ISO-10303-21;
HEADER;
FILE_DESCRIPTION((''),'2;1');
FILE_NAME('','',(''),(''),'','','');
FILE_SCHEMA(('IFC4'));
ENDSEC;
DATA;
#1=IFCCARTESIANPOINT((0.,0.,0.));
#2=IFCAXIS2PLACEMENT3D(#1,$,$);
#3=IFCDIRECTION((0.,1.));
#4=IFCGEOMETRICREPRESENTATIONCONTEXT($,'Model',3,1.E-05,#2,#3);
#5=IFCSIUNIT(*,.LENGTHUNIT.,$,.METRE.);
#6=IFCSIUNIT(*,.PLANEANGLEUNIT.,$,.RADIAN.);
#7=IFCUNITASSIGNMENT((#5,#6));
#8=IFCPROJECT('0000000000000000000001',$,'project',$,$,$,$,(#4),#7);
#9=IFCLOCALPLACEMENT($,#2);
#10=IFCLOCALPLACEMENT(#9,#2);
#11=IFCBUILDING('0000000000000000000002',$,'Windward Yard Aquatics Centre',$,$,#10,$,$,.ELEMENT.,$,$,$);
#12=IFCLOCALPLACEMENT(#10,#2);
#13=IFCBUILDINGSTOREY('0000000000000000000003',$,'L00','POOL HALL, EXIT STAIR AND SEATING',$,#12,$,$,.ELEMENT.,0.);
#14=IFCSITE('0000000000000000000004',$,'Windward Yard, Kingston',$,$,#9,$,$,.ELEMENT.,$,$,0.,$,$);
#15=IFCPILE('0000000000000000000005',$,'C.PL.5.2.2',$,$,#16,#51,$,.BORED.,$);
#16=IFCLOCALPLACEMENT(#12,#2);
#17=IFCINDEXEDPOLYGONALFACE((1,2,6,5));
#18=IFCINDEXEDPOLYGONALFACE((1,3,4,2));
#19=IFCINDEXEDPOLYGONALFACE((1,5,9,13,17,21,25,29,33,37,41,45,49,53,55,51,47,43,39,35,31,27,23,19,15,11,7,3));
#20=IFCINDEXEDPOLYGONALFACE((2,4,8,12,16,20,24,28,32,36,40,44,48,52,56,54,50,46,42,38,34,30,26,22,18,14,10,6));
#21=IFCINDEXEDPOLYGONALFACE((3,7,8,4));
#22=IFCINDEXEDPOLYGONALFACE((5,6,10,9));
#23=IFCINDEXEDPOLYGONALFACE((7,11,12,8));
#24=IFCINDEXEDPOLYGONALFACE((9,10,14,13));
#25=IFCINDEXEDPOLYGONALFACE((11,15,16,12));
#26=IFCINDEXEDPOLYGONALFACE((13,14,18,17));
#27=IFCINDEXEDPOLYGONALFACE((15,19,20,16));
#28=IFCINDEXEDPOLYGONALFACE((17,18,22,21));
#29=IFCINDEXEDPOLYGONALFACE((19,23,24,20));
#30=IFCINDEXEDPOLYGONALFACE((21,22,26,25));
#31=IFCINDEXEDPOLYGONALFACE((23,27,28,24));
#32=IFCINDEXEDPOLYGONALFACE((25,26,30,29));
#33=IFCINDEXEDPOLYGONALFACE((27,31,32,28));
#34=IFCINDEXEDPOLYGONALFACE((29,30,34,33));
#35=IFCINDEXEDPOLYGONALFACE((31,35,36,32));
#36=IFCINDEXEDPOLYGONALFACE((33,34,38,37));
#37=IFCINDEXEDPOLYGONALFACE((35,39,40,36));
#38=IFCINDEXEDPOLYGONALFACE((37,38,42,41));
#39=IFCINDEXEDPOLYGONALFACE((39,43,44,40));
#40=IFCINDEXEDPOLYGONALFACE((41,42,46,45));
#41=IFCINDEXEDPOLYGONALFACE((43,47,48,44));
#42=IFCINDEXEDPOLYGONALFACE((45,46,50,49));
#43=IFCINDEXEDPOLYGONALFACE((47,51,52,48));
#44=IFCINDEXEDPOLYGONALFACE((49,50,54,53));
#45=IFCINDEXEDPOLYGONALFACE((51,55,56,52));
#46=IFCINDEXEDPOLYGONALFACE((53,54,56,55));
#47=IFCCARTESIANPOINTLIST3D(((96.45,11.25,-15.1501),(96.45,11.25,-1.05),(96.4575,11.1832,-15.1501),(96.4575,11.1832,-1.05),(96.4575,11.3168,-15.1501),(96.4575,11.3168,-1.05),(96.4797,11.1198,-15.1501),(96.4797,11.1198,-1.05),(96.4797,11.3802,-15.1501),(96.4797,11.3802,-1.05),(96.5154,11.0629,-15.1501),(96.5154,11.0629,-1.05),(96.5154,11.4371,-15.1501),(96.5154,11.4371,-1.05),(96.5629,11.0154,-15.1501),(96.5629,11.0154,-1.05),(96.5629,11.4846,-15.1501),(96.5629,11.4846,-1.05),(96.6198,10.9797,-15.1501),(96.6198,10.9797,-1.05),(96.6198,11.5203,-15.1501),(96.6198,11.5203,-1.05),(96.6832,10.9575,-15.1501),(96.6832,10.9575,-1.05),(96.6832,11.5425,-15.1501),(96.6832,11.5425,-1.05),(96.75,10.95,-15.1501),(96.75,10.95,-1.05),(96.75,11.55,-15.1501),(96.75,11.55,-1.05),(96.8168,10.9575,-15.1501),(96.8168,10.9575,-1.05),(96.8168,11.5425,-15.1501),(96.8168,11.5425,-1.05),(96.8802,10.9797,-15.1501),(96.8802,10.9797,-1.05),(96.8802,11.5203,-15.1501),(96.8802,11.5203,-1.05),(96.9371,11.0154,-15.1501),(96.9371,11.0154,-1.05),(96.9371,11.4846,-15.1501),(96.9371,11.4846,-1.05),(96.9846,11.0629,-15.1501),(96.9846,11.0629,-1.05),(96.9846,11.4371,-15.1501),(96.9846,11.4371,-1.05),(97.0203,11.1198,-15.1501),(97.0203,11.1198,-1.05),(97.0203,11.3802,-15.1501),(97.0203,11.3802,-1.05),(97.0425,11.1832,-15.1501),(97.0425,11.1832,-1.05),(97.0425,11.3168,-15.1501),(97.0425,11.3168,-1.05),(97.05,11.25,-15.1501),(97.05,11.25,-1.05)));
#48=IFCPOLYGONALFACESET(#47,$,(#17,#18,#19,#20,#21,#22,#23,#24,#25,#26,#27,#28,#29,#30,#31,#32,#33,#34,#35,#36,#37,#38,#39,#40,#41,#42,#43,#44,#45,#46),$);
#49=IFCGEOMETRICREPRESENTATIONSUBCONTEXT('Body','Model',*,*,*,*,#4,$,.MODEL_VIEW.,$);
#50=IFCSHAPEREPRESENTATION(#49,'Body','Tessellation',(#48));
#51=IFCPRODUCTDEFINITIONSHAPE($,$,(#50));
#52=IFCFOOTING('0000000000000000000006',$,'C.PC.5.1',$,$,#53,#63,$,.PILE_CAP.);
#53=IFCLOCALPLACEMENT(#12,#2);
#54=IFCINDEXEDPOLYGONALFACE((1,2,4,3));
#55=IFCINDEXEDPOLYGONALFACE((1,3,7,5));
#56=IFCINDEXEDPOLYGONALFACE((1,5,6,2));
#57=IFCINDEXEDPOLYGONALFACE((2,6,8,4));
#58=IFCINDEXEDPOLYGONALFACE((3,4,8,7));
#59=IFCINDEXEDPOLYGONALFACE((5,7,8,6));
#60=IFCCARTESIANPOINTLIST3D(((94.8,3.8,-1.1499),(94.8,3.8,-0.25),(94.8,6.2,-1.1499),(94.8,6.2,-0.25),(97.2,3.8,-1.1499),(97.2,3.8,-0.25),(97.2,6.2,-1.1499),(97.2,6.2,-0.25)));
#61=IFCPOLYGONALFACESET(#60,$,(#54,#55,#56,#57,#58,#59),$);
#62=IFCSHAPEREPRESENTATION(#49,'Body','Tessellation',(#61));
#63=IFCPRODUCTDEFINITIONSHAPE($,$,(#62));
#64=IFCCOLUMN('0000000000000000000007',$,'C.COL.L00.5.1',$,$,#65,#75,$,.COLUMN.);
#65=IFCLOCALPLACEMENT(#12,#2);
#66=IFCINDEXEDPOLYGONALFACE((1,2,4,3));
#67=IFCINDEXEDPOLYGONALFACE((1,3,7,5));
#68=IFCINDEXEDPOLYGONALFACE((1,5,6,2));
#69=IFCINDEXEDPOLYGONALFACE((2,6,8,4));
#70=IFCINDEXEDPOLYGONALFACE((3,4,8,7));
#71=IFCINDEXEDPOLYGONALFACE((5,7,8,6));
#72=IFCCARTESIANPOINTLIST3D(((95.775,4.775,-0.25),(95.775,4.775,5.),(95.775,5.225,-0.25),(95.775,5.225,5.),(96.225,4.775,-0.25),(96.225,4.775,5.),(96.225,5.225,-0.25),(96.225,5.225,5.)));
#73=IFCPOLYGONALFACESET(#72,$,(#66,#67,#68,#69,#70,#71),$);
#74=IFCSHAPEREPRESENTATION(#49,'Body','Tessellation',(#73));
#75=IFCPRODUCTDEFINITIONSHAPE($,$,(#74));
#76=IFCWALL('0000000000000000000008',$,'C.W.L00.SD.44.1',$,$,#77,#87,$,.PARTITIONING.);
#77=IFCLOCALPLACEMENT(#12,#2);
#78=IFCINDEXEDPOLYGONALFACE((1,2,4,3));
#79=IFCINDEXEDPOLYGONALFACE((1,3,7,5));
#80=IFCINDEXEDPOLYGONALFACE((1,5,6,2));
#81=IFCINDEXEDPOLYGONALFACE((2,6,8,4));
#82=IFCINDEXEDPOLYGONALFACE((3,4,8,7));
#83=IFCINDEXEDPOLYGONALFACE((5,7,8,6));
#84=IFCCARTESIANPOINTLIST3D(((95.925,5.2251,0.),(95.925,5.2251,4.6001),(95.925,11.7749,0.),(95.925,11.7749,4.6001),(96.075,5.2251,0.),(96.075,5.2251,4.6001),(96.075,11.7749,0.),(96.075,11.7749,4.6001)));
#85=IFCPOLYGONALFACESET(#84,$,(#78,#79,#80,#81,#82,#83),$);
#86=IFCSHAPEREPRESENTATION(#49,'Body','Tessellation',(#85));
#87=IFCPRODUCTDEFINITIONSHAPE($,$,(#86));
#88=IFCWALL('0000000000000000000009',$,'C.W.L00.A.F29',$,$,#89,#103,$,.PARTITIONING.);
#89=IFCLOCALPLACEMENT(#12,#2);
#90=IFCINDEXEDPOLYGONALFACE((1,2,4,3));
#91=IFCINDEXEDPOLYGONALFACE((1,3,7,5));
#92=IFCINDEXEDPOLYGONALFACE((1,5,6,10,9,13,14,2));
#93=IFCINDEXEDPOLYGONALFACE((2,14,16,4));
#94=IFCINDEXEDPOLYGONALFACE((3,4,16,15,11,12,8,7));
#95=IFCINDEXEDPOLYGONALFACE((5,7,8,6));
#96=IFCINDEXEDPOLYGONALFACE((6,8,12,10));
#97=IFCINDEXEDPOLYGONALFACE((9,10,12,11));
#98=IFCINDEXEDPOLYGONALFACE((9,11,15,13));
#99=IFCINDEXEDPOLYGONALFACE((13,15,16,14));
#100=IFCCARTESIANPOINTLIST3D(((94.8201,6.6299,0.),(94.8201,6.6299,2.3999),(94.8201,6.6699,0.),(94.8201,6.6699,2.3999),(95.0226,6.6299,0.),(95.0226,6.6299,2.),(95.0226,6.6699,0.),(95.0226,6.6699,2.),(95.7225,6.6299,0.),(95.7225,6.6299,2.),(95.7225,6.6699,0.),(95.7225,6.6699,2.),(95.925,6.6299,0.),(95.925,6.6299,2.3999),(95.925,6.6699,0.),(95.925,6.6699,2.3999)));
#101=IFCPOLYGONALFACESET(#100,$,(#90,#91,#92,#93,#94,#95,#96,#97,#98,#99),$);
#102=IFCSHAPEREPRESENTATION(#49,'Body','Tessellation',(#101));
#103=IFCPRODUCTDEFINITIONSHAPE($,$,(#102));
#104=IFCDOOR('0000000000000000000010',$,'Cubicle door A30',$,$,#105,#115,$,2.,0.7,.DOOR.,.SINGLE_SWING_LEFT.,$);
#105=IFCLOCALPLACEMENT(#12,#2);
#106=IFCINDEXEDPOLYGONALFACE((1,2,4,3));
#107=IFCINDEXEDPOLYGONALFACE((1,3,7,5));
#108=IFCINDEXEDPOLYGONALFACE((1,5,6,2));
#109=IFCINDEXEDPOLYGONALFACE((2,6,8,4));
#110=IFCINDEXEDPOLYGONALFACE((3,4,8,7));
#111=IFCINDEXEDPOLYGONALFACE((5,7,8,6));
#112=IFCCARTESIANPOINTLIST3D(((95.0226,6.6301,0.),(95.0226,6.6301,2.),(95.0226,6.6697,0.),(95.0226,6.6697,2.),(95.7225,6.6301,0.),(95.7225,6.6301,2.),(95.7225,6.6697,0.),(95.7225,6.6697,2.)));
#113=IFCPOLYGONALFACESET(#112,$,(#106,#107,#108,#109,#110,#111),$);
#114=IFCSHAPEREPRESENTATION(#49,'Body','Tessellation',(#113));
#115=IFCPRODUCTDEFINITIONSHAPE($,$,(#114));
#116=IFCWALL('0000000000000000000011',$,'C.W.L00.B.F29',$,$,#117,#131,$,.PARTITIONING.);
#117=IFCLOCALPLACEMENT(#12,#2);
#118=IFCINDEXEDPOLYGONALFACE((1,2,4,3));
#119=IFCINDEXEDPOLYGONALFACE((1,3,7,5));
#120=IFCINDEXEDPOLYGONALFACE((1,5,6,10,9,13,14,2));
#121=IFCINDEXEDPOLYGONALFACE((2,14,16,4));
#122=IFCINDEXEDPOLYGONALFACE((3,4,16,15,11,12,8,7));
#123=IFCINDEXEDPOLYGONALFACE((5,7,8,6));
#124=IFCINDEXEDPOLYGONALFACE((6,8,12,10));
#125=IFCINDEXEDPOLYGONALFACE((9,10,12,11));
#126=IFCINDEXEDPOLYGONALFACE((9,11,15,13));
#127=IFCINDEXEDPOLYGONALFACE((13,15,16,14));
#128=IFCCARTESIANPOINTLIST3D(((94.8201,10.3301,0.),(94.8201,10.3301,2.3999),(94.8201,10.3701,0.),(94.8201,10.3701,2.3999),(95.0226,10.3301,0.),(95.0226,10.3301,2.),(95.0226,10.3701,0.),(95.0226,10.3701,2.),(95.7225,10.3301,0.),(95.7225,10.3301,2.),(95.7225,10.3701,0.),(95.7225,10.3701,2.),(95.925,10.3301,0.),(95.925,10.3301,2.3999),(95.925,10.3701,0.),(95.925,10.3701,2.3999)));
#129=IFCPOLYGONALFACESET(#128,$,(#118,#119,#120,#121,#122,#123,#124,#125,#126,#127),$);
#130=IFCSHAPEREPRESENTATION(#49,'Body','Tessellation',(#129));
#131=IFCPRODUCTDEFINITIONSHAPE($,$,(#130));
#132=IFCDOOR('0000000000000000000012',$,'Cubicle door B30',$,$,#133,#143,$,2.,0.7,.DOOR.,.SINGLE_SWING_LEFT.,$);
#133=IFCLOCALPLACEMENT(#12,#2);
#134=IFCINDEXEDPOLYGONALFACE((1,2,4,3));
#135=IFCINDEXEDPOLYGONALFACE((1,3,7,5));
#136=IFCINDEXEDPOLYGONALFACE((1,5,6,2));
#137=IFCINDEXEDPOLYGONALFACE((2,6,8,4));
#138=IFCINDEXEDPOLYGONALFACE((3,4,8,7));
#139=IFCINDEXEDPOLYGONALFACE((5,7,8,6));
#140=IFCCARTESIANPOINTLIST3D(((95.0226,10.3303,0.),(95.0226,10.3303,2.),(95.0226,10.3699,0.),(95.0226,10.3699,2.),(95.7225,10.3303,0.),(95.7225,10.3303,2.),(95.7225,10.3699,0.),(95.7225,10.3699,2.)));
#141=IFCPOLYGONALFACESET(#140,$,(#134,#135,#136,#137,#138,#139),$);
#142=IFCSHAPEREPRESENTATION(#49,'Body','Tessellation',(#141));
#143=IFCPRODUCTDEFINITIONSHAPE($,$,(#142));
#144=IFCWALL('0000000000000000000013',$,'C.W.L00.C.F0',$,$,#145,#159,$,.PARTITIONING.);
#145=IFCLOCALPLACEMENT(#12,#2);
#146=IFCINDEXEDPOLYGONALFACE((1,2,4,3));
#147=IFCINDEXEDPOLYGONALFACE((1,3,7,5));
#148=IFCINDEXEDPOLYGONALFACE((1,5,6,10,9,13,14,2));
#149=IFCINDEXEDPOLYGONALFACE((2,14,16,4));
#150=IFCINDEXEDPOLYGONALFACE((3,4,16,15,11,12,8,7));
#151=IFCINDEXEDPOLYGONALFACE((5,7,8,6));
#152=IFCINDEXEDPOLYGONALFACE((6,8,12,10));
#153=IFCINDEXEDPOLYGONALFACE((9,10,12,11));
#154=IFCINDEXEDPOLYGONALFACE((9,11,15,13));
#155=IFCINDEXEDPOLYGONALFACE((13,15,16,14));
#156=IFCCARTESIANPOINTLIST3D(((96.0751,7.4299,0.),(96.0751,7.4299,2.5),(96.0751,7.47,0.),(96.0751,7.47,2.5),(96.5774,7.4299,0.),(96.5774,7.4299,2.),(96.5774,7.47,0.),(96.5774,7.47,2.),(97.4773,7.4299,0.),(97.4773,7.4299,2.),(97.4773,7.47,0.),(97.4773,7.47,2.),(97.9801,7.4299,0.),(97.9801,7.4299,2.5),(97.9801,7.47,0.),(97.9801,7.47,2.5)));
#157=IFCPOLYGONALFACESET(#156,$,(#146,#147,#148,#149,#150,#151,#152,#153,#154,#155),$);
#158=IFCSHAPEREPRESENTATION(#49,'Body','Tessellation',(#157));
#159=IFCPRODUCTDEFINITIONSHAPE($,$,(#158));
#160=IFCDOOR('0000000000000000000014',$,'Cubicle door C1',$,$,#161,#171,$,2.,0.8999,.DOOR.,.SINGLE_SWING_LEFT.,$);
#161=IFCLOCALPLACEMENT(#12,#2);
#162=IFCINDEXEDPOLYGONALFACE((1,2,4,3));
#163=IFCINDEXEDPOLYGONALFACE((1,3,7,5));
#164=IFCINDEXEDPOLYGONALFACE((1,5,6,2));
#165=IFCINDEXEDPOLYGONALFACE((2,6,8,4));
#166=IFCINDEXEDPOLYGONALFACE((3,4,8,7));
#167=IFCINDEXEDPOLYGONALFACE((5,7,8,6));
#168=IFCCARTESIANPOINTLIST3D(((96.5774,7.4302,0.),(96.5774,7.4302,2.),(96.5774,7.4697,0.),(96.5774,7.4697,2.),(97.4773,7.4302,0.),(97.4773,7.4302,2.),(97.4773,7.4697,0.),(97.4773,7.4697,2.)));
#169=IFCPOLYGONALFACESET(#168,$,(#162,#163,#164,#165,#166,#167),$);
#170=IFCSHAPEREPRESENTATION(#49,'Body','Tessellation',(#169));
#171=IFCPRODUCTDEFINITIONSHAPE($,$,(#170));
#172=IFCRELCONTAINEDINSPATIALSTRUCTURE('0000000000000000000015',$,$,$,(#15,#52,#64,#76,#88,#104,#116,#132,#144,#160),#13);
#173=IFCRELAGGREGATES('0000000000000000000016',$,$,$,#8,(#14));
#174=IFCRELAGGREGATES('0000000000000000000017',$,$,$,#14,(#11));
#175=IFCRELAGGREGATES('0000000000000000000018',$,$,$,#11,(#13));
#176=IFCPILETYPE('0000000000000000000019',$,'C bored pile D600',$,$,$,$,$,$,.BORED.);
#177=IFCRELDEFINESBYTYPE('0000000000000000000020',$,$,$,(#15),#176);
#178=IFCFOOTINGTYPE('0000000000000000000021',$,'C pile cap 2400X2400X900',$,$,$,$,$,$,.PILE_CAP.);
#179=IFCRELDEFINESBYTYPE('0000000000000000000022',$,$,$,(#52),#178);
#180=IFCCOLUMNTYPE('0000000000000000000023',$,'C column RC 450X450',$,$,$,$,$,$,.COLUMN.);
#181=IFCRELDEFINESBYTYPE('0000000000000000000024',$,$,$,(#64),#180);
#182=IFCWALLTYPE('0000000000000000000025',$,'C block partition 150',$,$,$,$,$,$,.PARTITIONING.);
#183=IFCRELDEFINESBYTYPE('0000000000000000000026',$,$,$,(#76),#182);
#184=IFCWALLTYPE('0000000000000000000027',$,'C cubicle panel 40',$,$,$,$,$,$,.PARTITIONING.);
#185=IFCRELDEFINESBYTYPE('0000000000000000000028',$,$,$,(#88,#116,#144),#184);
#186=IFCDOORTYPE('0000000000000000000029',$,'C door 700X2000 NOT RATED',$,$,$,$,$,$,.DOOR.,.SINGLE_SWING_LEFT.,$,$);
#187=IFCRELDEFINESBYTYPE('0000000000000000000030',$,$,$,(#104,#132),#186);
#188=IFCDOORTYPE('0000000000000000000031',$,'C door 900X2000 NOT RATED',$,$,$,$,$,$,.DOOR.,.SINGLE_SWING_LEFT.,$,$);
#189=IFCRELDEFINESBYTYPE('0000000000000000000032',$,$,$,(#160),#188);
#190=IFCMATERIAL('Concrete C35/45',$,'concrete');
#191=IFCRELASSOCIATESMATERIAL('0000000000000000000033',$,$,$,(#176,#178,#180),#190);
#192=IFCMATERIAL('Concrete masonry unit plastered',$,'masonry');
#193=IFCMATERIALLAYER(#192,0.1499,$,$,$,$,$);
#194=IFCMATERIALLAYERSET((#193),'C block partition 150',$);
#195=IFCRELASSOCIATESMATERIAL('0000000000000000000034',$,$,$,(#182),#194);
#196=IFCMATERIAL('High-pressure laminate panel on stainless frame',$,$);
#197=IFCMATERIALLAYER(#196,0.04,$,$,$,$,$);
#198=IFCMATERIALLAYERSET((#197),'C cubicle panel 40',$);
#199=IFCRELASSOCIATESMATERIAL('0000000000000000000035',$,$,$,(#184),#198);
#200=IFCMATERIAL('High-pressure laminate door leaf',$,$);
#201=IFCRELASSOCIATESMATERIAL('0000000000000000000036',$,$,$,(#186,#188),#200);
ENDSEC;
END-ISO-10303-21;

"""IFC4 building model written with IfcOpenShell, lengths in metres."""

from ifc_helpers import new_model, si_unit, direction, frame, frame_2d, origin, origin_2d, place, context, subcontext, project, spatial, rectangle, circle, extrude, material, layer, layer_set, material_profile, profile_set, type_object, element, fill, save


model = new_model("IFC4")

# Units and contexts
model_context = context("Model", 3, precision=1e-05, world=origin(), true_north=direction((0.0, 1.0)))
body_context = subcontext(model_context, "Body", "Model", "MODEL_VIEW")
ifc_project = project(units=[si_unit("LENGTHUNIT", "METRE"), si_unit("PLANEANGLEUNIT", "RADIAN")], contexts=[model_context])

# Site, building, storey
site_placement = place(None, origin())
site = spatial("IfcSite", under=ifc_project, at=site_placement, Name="Windward Yard, Kingston", CompositionType="ELEMENT", RefElevation=0.0)
building_placement = place(site_placement, origin())
building = spatial("IfcBuilding", under=site, at=building_placement, Name="Windward Yard Aquatics Centre", CompositionType="ELEMENT")
storey_placement = place(building_placement, origin())
storey = spatial("IfcBuildingStorey", under=building, at=storey_placement, Name="L00", Description="POOL HALL, EXIT STAIR AND SEATING", CompositionType="ELEMENT", Elevation=0.0)

# Pile
ifc_material_1 = material(Name="Concrete C35/45", Category="concrete")
ifc_material_profile_1 = material_profile(ifc_material_1, circle(Radius=0.3, at=origin_2d()), Name="RC D600")
ifc_profile_set_1 = profile_set([ifc_material_profile_1], Name="Concrete C35/45")
pile_type = type_object("IfcPileType", Name="C bored pile D600", PredefinedType="BORED", material=ifc_profile_set_1)
for number, where, z_axis, x_axis, name in (
    (1, (96.75, 11.25, -1.05), (0.0, 0.0, -1.0), (1.0, 0.0, 0.0), "C.PL.5.2.2"),
):
    element("IfcPile", number, at=place(storey_placement, frame(where, z_axis=z_axis, x_axis=x_axis)), inside=storey, type_object=pile_type, Name=name, PredefinedType="BORED", context=body_context, shape_type="SweptSolid", body=[
        extrude(circle(Radius=0.3, at=origin_2d()), origin(), (0.0, 0.0, 1.0), 14.1001),
    ])

# Footing
footing_type = type_object("IfcFootingType", Name="C pile cap 2400X2400X900", PredefinedType="PILE_CAP", material=ifc_material_1)
footing_placement = place(storey_placement, frame((96.0, 5.0, -1.1499), z_axis=(0.0, 0.0, 1.0), x_axis=(1.0, 0.0, 0.0)))
element("IfcFooting", 2, at=footing_placement, inside=storey, type_object=footing_type, Name="C.PC.5.1", PredefinedType="PILE_CAP", context=body_context, shape_type="SweptSolid", body=[
    extrude(rectangle(XDim=2.3999, YDim=2.3999, at=origin_2d()), origin(), (0.0, 0.0, 1.0), 0.8999),
])

# Column
ifc_material_profile_2 = material_profile(ifc_material_1, rectangle(XDim=0.45, YDim=0.45, at=origin_2d()), Name="RC 450X450")
ifc_profile_set_2 = profile_set([ifc_material_profile_2], Name="Concrete C35/45")
column_type = type_object("IfcColumnType", Name="C column RC 450X450", PredefinedType="COLUMN", material=ifc_profile_set_2)
column_placement = place(storey_placement, frame((96.0, 5.0, -0.25), z_axis=(0.0, 0.0, 1.0), x_axis=(1.0, 0.0, 0.0)))
element("IfcColumn", 3, at=column_placement, inside=storey, type_object=column_type, Name="C.COL.L00.5.1", PredefinedType="COLUMN", context=body_context, shape_type="SweptSolid", body=[
    extrude(rectangle(XDim=0.45, YDim=0.45, at=origin_2d()), origin(), (0.0, 0.0, 1.0), 5.25),
])

# Wall
ifc_material_2 = material(Name="Concrete masonry unit plastered", Category="masonry")
ifc_layer_1 = layer(ifc_material_2, 0.1499)
ifc_layer_set_1 = layer_set([ifc_layer_1], Name="C block partition 150")
wall_type_1 = type_object("IfcWallType", Name="C block partition 150", PredefinedType="PARTITIONING", material=ifc_layer_set_1)
wall_1_placement = place(storey_placement, frame((96.0, 5.2251, 0.0), z_axis=(0.0, 0.0, 1.0), x_axis=(0.0, 1.0, 0.0)))
element("IfcWall", 4, at=wall_1_placement, inside=storey, type_object=wall_type_1, Name="C.W.L00.SD.44.1", PredefinedType="PARTITIONING", context=body_context, shape_type="SweptSolid", body=[
    extrude(rectangle(XDim=6.5498, YDim=0.1499, at=frame_2d((3.2749, 0.0))), origin(), (0.0, 0.0, 1.0), 4.6001),
])

# Walls, openings, doors
ifc_material_3 = material(Name="High-pressure laminate panel on stainless frame")
ifc_layer_2 = layer(ifc_material_3, 0.04)
ifc_layer_set_2 = layer_set([ifc_layer_2], Name="C cubicle panel 40")
wall_type_2 = type_object("IfcWallType", Name="C cubicle panel 40", PredefinedType="PARTITIONING", material=ifc_layer_set_2)
wall_2_placement = place(storey_placement, frame((94.8201, 6.6499, 0.0), z_axis=(0.0, 0.0, 1.0), x_axis=(1.0, 0.0, 0.0)))
wall_2 = element("IfcWall", 5, at=wall_2_placement, inside=storey, type_object=wall_type_2, Name="C.W.L00.A.F29", PredefinedType="PARTITIONING", context=body_context, shape_type="SweptSolid", body=[
    extrude(rectangle(XDim=1.105, YDim=0.04, at=frame_2d((0.5525, 0.0))), origin(), (0.0, 0.0, 1.0), 2.3999),
])
opening_1_placement = place(wall_2_placement, frame((0.2024, 0.0, 0.0)))
opening_1 = element("IfcOpeningElement", 6, at=opening_1_placement, cuts=wall_2, PredefinedType="OPENING", context=body_context, shape_type="SweptSolid", body=[
    extrude(rectangle(XDim=0.7, YDim=2.0, at=frame_2d((0.3501, 1.0))), frame((0.0, 0.03, 0.0), z_axis=(0.0, -1.0, 0.0), x_axis=(1.0, 0.0, 0.0)), (0.0, 0.0, 1.0), 0.0601),
])
ifc_material_4 = material(Name="High-pressure laminate door leaf")
door_type_1 = type_object("IfcDoorType", Name="C door 700X2000 NOT RATED", OperationType="SINGLE_SWING_LEFT", PredefinedType="DOOR", material=ifc_material_4)
door_1_placement = place(opening_1_placement, origin())
door_1 = element("IfcDoor", 7, at=door_1_placement, inside=storey, type_object=door_type_1, Name="Cubicle door A30", OperationType="SINGLE_SWING_LEFT", OverallHeight=2.0, OverallWidth=0.7, PredefinedType="DOOR", context=body_context, shape_type="SweptSolid", body=[
    extrude(rectangle(XDim=0.7, YDim=2.0, at=frame_2d((0.3501, 1.0))), frame((0.0, 0.0198, 0.0), z_axis=(0.0, -1.0, 0.0), x_axis=(1.0, 0.0, 0.0)), (0.0, 0.0, 1.0), 0.0396),
])
fill(opening_1, door_1)
wall_3_placement = place(storey_placement, frame((94.8201, 10.3501, 0.0), z_axis=(0.0, 0.0, 1.0), x_axis=(1.0, 0.0, 0.0)))
wall_3 = element("IfcWall", 8, at=wall_3_placement, inside=storey, type_object=wall_type_2, Name="C.W.L00.B.F29", PredefinedType="PARTITIONING", context=body_context, shape_type="SweptSolid", body=[
    extrude(rectangle(XDim=1.105, YDim=0.04, at=frame_2d((0.5525, 0.0))), origin(), (0.0, 0.0, 1.0), 2.3999),
])
opening_2_placement = place(wall_3_placement, frame((0.2024, 0.0, 0.0)))
opening_2 = element("IfcOpeningElement", 9, at=opening_2_placement, cuts=wall_3, PredefinedType="OPENING", context=body_context, shape_type="SweptSolid", body=[
    extrude(rectangle(XDim=0.7, YDim=2.0, at=frame_2d((0.3501, 1.0))), frame((0.0, 0.03, 0.0), z_axis=(0.0, -1.0, 0.0), x_axis=(1.0, 0.0, 0.0)), (0.0, 0.0, 1.0), 0.0601),
])
door_2_placement = place(opening_2_placement, origin())
door_2 = element("IfcDoor", 10, at=door_2_placement, inside=storey, type_object=door_type_1, Name="Cubicle door B30", OperationType="SINGLE_SWING_LEFT", OverallHeight=2.0, OverallWidth=0.7, PredefinedType="DOOR", context=body_context, shape_type="SweptSolid", body=[
    extrude(rectangle(XDim=0.7, YDim=2.0, at=frame_2d((0.3501, 1.0))), frame((0.0, 0.0198, 0.0), z_axis=(0.0, -1.0, 0.0), x_axis=(1.0, 0.0, 0.0)), (0.0, 0.0, 1.0), 0.0396),
])
fill(opening_2, door_2)
wall_4_placement = place(storey_placement, frame((96.075, 7.45, 0.0), z_axis=(0.0, 0.0, 1.0), x_axis=(1.0, 0.0, 0.0)))
wall_4 = element("IfcWall", 11, at=wall_4_placement, inside=storey, type_object=wall_type_2, Name="C.W.L00.C.F0", PredefinedType="PARTITIONING", context=body_context, shape_type="SweptSolid", body=[
    extrude(rectangle(XDim=1.905, YDim=0.04, at=frame_2d((0.9526, 0.0))), origin(), (0.0, 0.0, 1.0), 2.5),
])
opening_3_placement = place(wall_4_placement, frame((0.5024, 0.0, 0.0)))
opening_3 = element("IfcOpeningElement", 12, at=opening_3_placement, cuts=wall_4, PredefinedType="OPENING", context=body_context, shape_type="SweptSolid", body=[
    extrude(rectangle(XDim=0.8999, YDim=2.0, at=frame_2d((0.45, 1.0))), frame((0.0, 0.03, 0.0), z_axis=(0.0, -1.0, 0.0), x_axis=(1.0, 0.0, 0.0)), (0.0, 0.0, 1.0), 0.0601),
])
door_type_2 = type_object("IfcDoorType", Name="C door 900X2000 NOT RATED", OperationType="SINGLE_SWING_LEFT", PredefinedType="DOOR", material=ifc_material_4)
door_3_placement = place(opening_3_placement, origin())
door_3 = element("IfcDoor", 13, at=door_3_placement, inside=storey, type_object=door_type_2, Name="Cubicle door C1", OperationType="SINGLE_SWING_LEFT", OverallHeight=2.0, OverallWidth=0.8999, PredefinedType="DOOR", context=body_context, shape_type="SweptSolid", body=[
    extrude(rectangle(XDim=0.8999, YDim=2.0, at=frame_2d((0.45, 1.0))), frame((0.0, 0.0198, 0.0), z_axis=(0.0, -1.0, 0.0), x_axis=(1.0, 0.0, 0.0)), (0.0, 0.0, 1.0), 0.0396),
])
fill(opening_3, door_3)

save(model, "model.ifc")
